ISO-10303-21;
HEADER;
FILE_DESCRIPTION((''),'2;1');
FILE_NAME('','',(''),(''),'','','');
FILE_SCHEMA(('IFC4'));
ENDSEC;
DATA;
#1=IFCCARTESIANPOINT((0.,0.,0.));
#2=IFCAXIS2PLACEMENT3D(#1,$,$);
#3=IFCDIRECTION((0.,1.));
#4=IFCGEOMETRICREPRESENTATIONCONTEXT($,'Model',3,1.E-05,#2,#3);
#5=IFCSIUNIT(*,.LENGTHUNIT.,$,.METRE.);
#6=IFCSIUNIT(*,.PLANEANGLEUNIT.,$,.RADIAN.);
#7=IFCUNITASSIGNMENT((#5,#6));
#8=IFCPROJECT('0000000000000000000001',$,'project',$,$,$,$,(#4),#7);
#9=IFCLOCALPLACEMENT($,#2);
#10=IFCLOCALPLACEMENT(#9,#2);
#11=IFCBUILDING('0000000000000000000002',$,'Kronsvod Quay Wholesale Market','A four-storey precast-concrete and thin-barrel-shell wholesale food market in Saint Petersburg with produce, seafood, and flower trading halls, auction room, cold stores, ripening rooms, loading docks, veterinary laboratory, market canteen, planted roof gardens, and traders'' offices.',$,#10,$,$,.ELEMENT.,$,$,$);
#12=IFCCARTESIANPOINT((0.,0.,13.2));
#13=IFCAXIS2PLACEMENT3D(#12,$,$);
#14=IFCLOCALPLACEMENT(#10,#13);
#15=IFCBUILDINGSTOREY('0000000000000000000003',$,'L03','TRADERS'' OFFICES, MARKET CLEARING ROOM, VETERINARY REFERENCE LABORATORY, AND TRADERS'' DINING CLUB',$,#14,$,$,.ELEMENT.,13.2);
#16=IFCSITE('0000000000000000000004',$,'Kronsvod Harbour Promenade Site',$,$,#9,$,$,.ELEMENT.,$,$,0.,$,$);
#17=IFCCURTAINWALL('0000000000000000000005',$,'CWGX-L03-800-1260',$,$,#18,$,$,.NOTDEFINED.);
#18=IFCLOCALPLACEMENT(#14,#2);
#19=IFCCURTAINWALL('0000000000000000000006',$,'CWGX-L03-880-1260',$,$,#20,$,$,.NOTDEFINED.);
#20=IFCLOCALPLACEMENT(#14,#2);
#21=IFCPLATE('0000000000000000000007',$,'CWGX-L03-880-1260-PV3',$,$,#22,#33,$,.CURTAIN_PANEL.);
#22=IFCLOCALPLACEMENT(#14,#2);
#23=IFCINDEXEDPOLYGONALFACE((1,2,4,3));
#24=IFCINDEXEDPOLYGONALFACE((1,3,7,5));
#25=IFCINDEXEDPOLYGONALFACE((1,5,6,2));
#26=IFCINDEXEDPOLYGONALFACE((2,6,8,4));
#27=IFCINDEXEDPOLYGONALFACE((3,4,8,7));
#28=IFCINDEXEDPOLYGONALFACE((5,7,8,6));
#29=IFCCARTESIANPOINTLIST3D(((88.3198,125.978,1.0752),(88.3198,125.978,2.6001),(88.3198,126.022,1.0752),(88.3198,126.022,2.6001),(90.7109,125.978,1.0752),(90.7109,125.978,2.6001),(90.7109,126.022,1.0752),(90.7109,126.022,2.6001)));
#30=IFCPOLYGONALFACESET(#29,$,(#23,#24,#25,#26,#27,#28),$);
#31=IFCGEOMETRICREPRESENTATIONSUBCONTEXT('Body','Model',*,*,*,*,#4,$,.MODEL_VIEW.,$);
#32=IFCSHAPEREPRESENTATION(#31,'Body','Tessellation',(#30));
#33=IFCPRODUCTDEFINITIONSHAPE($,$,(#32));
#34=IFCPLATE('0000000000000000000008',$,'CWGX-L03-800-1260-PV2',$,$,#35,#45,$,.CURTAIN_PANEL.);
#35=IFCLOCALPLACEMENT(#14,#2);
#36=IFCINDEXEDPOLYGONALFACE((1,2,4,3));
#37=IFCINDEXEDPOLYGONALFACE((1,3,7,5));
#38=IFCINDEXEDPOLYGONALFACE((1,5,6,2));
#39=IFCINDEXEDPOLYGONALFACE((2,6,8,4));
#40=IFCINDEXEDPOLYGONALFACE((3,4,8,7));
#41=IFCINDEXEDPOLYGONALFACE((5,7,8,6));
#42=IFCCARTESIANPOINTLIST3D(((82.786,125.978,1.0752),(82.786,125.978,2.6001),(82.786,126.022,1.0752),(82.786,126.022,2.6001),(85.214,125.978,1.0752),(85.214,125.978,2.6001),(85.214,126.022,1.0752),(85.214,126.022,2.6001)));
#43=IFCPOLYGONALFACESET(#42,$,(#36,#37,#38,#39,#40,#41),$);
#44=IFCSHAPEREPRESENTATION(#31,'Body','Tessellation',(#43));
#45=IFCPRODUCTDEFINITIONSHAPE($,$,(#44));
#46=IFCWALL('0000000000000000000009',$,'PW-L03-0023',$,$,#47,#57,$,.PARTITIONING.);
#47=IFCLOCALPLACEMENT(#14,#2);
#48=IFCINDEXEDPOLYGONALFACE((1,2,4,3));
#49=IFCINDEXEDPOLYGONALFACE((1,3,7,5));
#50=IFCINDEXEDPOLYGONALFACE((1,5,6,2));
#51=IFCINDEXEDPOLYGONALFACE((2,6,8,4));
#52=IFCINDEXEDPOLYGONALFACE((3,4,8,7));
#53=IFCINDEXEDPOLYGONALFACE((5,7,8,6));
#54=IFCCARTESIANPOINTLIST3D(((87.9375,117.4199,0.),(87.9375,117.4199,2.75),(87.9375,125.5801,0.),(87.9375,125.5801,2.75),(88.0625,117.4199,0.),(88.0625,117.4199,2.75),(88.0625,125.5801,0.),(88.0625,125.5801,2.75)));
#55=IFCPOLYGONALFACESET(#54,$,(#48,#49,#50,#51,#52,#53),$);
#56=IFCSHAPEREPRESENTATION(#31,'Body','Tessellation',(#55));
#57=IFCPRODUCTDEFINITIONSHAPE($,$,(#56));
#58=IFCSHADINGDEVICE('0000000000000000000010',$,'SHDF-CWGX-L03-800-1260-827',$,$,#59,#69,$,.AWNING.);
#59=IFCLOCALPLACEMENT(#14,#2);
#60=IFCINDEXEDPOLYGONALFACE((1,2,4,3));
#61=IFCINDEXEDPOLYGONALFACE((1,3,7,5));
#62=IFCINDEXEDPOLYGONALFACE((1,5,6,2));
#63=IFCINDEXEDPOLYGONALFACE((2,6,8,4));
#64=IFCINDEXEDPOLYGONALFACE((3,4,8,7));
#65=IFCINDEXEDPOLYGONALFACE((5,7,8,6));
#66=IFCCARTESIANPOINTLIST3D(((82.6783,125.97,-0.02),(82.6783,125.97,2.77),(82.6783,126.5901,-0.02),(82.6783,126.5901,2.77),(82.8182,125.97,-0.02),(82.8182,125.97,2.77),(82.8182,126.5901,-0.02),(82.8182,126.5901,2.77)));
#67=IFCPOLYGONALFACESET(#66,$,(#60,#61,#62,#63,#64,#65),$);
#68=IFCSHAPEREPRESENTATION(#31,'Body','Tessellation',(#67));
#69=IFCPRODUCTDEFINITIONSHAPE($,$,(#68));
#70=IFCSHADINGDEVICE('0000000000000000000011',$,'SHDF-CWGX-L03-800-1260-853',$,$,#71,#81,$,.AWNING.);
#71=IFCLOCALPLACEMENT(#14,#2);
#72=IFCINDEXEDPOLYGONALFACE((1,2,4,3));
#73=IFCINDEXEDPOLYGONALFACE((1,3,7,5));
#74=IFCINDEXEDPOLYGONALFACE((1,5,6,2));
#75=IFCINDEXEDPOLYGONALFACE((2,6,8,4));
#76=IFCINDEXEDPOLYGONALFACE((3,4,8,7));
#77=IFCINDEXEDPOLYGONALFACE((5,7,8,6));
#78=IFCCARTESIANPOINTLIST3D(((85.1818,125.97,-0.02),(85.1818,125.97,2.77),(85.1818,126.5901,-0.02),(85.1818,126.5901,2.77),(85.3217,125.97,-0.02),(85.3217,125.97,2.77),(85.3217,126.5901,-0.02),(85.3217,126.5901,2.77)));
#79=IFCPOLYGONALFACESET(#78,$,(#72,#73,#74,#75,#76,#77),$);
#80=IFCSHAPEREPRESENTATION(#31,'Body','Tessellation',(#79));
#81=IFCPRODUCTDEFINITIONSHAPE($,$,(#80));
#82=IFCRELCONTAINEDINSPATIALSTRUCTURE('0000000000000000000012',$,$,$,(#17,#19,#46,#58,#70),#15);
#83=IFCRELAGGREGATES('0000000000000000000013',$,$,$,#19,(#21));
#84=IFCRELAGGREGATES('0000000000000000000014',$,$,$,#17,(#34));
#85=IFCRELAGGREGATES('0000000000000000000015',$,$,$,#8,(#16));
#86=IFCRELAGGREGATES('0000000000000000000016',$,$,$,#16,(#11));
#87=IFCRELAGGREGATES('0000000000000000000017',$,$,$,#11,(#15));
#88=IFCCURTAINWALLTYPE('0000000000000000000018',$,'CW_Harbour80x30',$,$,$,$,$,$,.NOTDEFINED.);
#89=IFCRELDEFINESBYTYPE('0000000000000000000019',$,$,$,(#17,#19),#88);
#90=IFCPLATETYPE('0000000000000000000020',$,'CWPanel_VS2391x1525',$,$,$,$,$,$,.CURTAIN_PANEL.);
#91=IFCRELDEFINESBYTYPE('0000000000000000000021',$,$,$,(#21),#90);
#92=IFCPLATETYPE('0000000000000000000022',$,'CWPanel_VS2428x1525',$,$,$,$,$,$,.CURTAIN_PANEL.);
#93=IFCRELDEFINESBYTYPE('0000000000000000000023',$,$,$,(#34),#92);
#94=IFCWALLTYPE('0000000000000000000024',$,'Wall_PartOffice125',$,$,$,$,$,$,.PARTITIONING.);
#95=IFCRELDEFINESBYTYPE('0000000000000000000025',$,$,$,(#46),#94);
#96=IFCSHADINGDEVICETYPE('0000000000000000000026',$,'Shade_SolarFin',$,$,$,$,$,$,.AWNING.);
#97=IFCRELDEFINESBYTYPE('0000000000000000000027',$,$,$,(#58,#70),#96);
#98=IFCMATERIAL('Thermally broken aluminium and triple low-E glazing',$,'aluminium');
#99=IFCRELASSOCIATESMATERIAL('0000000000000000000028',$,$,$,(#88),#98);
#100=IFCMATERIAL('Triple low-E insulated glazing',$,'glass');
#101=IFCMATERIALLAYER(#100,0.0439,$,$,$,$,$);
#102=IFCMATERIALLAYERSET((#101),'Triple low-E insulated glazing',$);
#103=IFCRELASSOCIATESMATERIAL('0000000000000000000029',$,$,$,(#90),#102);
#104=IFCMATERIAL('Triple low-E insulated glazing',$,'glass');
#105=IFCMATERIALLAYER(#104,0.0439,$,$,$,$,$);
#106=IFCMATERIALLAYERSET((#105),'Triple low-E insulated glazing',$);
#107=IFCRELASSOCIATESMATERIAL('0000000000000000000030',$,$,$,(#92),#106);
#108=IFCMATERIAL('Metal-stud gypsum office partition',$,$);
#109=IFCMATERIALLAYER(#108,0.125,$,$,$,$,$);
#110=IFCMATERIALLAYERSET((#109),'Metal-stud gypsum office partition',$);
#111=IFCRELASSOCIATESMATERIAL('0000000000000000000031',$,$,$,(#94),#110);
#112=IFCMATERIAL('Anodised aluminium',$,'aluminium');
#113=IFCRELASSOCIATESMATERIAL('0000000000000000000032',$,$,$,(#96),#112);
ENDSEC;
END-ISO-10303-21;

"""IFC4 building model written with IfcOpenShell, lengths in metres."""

from ifc_helpers import new_model, si_unit, direction, frame, frame_2d, origin, origin_2d, place, context, subcontext, project, spatial, rectangle, extrude, material, layer, layer_set, type_object, element, aggregate, save


model = new_model("IFC4")

# Units and contexts
model_context = context("Model", 3, precision=1e-05, world=origin(), true_north=direction((0.0, 1.0)))
body_context = subcontext(model_context, "Body", "Model", "MODEL_VIEW")
ifc_project = project(units=[si_unit("LENGTHUNIT", "METRE"), si_unit("PLANEANGLEUNIT", "RADIAN")], contexts=[model_context])

# Site, building, storey
site_placement = place(None, origin())
site = spatial("IfcSite", under=ifc_project, at=site_placement, Name="Kronsvod Harbour Promenade Site", CompositionType="ELEMENT", RefElevation=0.0)
building_placement = place(site_placement, origin())
building = spatial("IfcBuilding", under=site, at=building_placement, Name="Kronsvod Quay Wholesale Market", Description="A four-storey precast-concrete and thin-barrel-shell wholesale food market in Saint Petersburg with produce, seafood, and flower trading halls, auction room, cold stores, ripening rooms, loading docks, veterinary laboratory, market canteen, planted roof gardens, and traders' offices.", CompositionType="ELEMENT")
storey_placement = place(building_placement, frame((0.0, 0.0, 13.2)))
storey = spatial("IfcBuildingStorey", under=building, at=storey_placement, Name="L03", Description="TRADERS' OFFICES, MARKET CLEARING ROOM, VETERINARY REFERENCE LABORATORY, AND TRADERS' DINING CLUB", CompositionType="ELEMENT", Elevation=13.2)

# Curtain wall
ifc_material_1 = material(Name="Thermally broken aluminium and triple low-E glazing", Category="aluminium")
curtain_wall_type = type_object("IfcCurtainWallType", Name="CW_Harbour80x30", PredefinedType="NOTDEFINED", material=ifc_material_1)
curtain_wall_1_placement = place(storey_placement, origin())
curtain_wall_1 = element("IfcCurtainWall", 1, at=curtain_wall_1_placement, inside=storey, type_object=curtain_wall_type, Name="CWGX-L03-800-1260", PredefinedType="NOTDEFINED")

# Curtain wall
curtain_wall_2_placement = place(storey_placement, origin())
curtain_wall_2 = element("IfcCurtainWall", 2, at=curtain_wall_2_placement, inside=storey, type_object=curtain_wall_type, Name="CWGX-L03-880-1260", PredefinedType="NOTDEFINED")

# Plates
ifc_material_2 = material(Name="Triple low-E insulated glazing", Category="glass")
ifc_layer_1 = layer(ifc_material_2, 0.0439)
ifc_layer_set_1 = layer_set([ifc_layer_1], Name="Triple low-E insulated glazing")
plate_type_1 = type_object("IfcPlateType", Name="CWPanel_VS2391x1525", PredefinedType="CURTAIN_PANEL", material=ifc_layer_set_1)
plate_1_placement = place(storey_placement, frame((89.5154, 126.0, 1.0752), z_axis=(0.0, 0.0, 1.0), x_axis=(-1.0, 0.0, 0.0)))
plate_1 = element("IfcPlate", 3, at=plate_1_placement, type_object=plate_type_1, Name="CWGX-L03-880-1260-PV3", PredefinedType="CURTAIN_PANEL", context=body_context, shape_type="SweptSolid", body=[
    extrude(rectangle(XDim=2.3911, YDim=0.0439, at=origin_2d()), origin(), (0.0, 0.0, 1.0), 1.5249),
])
aggregate(curtain_wall_2, [plate_1])
ifc_material_3 = material(Name="Triple low-E insulated glazing", Category="glass")
ifc_layer_2 = layer(ifc_material_3, 0.0439)
ifc_layer_set_2 = layer_set([ifc_layer_2], Name="Triple low-E insulated glazing")
plate_type_2 = type_object("IfcPlateType", Name="CWPanel_VS2428x1525", PredefinedType="CURTAIN_PANEL", material=ifc_layer_set_2)
plate_2_placement = place(storey_placement, frame((84.0, 126.0, 1.0752), z_axis=(0.0, 0.0, 1.0), x_axis=(-1.0, 0.0, 0.0)))
plate_2 = element("IfcPlate", 4, at=plate_2_placement, type_object=plate_type_2, Name="CWGX-L03-800-1260-PV2", PredefinedType="CURTAIN_PANEL", context=body_context, shape_type="SweptSolid", body=[
    extrude(rectangle(XDim=2.428, YDim=0.0439, at=origin_2d()), origin(), (0.0, 0.0, 1.0), 1.5249),
])
aggregate(curtain_wall_1, [plate_2])

# Wall
ifc_material_4 = material(Name="Metal-stud gypsum office partition")
ifc_layer_3 = layer(ifc_material_4, 0.125)
ifc_layer_set_3 = layer_set([ifc_layer_3], Name="Metal-stud gypsum office partition")
wall_type = type_object("IfcWallType", Name="Wall_PartOffice125", PredefinedType="PARTITIONING", material=ifc_layer_set_3)
wall_placement = place(storey_placement, frame((88.0, 117.4199, 0.0), z_axis=(0.0, 0.0, 1.0), x_axis=(0.0, 1.0, 0.0)))
element("IfcWall", 5, at=wall_placement, inside=storey, type_object=wall_type, Name="PW-L03-0023", PredefinedType="PARTITIONING", context=body_context, shape_type="SweptSolid", body=[
    extrude(rectangle(XDim=8.1602, YDim=0.125, at=frame_2d((4.0801, 0.0))), origin(), (0.0, 0.0, 1.0), 2.75),
])

# Shading devices
ifc_material_5 = material(Name="Anodised aluminium", Category="aluminium")
shading_device_type = type_object("IfcShadingDeviceType", Name="Shade_SolarFin", PredefinedType="AWNING", material=ifc_material_5)
for number, where, z_axis, x_axis, name in (
    (6, (82.7483, 126.28, -0.02), (0.0, 0.0, 1.0), (1.0, 0.0, 0.0), "SHDF-CWGX-L03-800-1260-827"),
    (7, (85.2517, 126.28, -0.02), (0.0, 0.0, 1.0), (1.0, 0.0, 0.0), "SHDF-CWGX-L03-800-1260-853"),
):
    element("IfcShadingDevice", number, at=place(storey_placement, frame(where, z_axis=z_axis, x_axis=x_axis)), inside=storey, type_object=shading_device_type, Name=name, PredefinedType="AWNING", context=body_context, shape_type="SweptSolid", body=[
        extrude(rectangle(XDim=0.1399, YDim=0.6201, at=origin_2d()), origin(), (0.0, 0.0, 1.0), 2.79),
    ])

save(model, "model.ifc")
